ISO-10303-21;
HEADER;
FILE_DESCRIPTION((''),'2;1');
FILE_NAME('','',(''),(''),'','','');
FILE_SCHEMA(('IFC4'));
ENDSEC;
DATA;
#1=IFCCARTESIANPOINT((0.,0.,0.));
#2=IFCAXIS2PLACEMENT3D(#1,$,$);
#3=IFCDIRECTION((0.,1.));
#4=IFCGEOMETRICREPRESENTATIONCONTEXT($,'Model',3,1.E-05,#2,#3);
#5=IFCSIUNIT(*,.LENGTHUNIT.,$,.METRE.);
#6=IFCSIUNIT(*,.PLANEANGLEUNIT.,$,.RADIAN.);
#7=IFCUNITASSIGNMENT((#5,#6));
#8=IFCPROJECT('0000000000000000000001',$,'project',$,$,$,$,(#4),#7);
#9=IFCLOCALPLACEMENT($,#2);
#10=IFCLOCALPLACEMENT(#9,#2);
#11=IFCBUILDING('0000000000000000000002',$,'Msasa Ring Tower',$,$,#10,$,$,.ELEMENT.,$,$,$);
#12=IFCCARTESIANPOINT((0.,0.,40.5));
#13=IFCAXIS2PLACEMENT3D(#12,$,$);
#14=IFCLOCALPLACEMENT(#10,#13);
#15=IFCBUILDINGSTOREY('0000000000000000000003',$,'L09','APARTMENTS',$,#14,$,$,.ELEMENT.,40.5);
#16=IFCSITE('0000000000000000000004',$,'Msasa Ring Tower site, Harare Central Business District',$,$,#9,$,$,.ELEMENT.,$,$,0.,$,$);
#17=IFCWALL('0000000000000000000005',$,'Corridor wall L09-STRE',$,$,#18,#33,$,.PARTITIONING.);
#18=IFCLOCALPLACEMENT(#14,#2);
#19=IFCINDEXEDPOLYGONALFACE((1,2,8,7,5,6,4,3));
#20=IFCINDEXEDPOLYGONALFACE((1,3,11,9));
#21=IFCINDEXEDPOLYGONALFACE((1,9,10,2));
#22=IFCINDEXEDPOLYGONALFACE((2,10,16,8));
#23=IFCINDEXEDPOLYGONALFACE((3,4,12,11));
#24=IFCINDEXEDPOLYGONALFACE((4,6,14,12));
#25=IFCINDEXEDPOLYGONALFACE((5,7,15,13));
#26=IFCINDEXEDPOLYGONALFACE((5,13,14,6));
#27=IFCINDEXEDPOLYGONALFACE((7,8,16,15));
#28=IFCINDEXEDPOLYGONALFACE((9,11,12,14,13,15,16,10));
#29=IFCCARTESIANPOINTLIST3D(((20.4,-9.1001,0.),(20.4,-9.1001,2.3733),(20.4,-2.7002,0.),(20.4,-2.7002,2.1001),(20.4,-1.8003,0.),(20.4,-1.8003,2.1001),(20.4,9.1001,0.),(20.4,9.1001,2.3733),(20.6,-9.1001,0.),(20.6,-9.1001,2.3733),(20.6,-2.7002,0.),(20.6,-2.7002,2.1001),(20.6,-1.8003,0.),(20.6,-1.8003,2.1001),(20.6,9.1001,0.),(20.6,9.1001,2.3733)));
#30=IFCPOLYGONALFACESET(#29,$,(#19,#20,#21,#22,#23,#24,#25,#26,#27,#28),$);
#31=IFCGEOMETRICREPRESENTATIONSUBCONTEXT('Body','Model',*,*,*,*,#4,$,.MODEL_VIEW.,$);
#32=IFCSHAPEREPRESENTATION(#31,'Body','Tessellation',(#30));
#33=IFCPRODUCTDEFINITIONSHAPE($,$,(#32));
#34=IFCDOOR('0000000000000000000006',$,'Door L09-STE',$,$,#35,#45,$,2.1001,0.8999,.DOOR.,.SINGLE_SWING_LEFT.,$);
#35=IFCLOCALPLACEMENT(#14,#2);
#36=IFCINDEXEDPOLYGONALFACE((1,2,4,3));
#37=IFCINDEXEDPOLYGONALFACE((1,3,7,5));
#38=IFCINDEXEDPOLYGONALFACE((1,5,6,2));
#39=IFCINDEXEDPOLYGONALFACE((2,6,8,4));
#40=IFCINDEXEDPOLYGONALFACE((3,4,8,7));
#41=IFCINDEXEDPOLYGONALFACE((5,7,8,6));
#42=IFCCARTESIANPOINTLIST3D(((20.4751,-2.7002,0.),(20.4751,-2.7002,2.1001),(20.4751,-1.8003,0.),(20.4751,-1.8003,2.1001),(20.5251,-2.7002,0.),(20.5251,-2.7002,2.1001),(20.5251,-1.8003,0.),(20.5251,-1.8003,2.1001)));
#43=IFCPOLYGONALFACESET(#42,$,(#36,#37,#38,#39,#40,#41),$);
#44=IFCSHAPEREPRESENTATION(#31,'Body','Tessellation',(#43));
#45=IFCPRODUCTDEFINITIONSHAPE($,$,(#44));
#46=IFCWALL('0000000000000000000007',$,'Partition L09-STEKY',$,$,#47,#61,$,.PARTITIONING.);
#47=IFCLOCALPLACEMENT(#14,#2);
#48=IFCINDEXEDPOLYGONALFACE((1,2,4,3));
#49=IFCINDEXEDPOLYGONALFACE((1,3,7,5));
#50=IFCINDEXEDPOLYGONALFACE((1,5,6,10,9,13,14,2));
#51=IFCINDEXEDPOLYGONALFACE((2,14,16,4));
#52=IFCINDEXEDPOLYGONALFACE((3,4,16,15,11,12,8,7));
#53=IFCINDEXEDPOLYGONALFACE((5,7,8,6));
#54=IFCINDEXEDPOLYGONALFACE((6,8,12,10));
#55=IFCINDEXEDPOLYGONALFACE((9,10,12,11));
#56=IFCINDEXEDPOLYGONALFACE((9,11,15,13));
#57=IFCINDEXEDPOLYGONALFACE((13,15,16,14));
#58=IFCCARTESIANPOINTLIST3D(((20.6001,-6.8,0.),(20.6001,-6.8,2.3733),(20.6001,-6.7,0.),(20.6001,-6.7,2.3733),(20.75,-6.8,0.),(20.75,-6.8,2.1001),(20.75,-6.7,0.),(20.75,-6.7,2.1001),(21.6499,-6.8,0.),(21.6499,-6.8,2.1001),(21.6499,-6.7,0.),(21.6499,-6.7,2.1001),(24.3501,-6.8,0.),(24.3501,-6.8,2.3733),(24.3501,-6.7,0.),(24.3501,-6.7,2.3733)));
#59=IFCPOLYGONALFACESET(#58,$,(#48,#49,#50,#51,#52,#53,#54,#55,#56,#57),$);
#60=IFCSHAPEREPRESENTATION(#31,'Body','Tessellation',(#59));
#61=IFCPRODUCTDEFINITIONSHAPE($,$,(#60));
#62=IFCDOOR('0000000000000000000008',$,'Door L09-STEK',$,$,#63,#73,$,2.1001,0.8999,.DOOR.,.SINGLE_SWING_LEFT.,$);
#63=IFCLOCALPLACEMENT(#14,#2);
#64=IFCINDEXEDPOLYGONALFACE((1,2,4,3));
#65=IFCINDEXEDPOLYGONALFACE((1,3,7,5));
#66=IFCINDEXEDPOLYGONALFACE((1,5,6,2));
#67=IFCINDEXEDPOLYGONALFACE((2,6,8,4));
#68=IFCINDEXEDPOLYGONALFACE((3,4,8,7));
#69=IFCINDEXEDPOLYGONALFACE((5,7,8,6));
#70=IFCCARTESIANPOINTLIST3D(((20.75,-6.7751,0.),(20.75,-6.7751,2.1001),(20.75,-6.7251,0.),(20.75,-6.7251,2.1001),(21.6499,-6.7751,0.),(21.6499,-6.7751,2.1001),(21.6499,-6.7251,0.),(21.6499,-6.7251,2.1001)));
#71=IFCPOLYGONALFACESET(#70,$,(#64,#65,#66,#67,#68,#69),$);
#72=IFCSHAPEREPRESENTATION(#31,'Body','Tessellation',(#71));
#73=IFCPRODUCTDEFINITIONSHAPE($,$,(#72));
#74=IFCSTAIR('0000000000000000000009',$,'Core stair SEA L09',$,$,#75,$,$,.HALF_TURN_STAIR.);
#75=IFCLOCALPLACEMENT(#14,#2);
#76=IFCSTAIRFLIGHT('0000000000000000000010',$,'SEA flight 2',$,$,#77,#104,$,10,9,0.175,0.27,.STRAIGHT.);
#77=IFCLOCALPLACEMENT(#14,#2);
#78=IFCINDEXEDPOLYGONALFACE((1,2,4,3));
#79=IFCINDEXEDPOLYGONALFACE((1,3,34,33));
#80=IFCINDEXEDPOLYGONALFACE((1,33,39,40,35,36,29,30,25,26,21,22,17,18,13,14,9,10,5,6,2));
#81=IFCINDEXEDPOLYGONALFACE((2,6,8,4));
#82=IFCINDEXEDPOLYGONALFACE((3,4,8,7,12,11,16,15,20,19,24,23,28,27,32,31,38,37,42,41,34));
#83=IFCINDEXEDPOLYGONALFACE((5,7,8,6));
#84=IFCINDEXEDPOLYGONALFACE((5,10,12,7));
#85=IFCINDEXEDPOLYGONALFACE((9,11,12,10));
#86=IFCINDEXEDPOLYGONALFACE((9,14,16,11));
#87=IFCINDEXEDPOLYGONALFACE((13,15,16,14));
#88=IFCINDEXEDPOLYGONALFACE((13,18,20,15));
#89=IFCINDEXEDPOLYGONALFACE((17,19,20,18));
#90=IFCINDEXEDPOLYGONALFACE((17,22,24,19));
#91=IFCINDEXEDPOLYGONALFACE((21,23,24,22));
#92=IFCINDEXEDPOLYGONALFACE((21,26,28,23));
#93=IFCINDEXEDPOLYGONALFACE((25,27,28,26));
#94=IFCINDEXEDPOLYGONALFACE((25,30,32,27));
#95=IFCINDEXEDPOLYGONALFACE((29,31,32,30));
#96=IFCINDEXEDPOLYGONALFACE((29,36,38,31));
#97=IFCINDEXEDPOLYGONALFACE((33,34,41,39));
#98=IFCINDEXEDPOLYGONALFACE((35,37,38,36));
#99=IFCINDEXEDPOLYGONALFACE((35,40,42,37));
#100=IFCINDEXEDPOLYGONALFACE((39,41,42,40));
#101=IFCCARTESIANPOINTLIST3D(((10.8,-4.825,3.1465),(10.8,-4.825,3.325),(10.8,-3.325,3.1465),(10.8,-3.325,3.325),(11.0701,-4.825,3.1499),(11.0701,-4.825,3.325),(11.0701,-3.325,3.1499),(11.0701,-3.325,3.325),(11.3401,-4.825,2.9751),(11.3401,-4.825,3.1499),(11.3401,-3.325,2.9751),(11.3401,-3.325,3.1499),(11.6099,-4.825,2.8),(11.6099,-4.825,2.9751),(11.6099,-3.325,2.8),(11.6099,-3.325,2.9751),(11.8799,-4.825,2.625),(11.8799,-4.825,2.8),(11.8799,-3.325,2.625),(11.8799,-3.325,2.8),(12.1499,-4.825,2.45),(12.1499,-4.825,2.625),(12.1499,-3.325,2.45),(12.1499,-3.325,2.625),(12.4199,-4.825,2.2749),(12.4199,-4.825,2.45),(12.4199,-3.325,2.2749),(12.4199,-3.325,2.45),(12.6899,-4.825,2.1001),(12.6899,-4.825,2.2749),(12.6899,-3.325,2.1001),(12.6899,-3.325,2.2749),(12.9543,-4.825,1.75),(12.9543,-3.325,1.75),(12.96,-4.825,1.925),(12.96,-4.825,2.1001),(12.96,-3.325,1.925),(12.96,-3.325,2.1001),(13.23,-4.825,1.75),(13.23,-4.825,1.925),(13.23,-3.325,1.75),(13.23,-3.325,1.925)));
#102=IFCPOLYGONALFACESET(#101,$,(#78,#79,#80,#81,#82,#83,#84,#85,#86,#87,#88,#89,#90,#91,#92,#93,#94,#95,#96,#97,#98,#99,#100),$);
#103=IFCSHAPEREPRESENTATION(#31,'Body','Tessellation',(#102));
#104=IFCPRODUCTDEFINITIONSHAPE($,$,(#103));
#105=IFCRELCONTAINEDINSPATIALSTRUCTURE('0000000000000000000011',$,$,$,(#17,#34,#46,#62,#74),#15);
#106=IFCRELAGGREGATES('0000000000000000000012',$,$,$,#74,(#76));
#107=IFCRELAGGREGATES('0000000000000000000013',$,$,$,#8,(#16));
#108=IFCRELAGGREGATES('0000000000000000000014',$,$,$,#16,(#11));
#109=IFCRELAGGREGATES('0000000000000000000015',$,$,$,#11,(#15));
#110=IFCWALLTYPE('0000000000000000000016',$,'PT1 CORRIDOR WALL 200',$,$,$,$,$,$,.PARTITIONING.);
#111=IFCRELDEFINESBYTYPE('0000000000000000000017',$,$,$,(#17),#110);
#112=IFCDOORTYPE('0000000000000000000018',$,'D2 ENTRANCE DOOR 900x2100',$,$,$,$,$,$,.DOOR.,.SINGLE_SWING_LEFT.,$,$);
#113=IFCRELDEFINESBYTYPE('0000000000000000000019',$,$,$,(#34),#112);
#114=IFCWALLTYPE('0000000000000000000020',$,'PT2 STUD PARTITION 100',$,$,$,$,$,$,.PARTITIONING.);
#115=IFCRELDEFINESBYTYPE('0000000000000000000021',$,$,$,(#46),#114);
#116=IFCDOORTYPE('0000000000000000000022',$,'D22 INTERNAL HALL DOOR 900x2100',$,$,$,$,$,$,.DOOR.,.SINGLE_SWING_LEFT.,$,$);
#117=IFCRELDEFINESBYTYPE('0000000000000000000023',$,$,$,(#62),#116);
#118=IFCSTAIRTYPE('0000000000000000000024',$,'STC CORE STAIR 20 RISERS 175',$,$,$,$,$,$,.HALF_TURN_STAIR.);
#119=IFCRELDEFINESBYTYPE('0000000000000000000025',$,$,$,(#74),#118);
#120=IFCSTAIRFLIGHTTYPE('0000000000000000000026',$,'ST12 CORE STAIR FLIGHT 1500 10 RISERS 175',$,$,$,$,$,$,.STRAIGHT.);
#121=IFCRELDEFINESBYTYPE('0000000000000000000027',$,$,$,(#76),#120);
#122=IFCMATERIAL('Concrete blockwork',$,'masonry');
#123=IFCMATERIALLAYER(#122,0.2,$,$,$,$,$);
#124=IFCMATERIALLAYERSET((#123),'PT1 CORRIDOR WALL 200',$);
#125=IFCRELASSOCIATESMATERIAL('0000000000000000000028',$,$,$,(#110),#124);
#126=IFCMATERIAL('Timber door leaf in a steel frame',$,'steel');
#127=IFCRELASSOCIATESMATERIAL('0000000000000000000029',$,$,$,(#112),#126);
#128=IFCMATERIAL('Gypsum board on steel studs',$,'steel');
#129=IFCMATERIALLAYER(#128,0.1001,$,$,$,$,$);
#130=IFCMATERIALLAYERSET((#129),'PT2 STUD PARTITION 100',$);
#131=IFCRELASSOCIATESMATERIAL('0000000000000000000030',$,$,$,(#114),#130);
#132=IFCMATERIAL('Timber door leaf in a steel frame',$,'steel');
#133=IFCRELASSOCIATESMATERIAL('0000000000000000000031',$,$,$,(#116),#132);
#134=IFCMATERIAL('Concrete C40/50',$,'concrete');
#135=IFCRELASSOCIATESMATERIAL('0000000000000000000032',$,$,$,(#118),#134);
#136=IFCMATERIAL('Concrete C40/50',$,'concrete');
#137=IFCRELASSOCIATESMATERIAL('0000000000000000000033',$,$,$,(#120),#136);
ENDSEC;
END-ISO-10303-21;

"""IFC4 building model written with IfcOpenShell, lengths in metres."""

from ifc_helpers import new_model, si_unit, direction, frame, frame_2d, origin, place, context, subcontext, project, spatial, polyline, rectangle, outline, extrude, material, layer, layer_set, type_object, element, fill, aggregate, save


model = new_model("IFC4")

# Units and contexts
model_context = context("Model", 3, precision=1e-05, world=origin(), true_north=direction((0.0, 1.0)))
body_context = subcontext(model_context, "Body", "Model", "MODEL_VIEW")
ifc_project = project(units=[si_unit("LENGTHUNIT", "METRE"), si_unit("PLANEANGLEUNIT", "RADIAN")], contexts=[model_context])

# Site, building, storey
site_placement = place(None, origin())
site = spatial("IfcSite", under=ifc_project, at=site_placement, Name="Msasa Ring Tower site, Harare Central Business District", CompositionType="ELEMENT", RefElevation=0.0)
building_placement = place(site_placement, origin())
building = spatial("IfcBuilding", under=site, at=building_placement, Name="Msasa Ring Tower", CompositionType="ELEMENT")
storey_placement = place(building_placement, frame((0.0, 0.0, 40.5)))
storey = spatial("IfcBuildingStorey", under=building, at=storey_placement, Name="L09", Description="APARTMENTS", CompositionType="ELEMENT", Elevation=40.5)

# Walls, openings, doors
ifc_material_1 = material(Name="Concrete blockwork", Category="masonry")
ifc_layer_1 = layer(ifc_material_1, 0.2)
ifc_layer_set_1 = layer_set([ifc_layer_1], Name="PT1 CORRIDOR WALL 200")
wall_type_1 = type_object("IfcWallType", Name="PT1 CORRIDOR WALL 200", PredefinedType="PARTITIONING", material=ifc_layer_set_1)
wall_1_placement = place(storey_placement, frame((20.5, -9.1001, 0.0), z_axis=(0.0, 0.0, 1.0), x_axis=(0.0, 1.0, 0.0)))
wall_1 = element("IfcWall", 1, at=wall_1_placement, inside=storey, type_object=wall_type_1, Name="Corridor wall L09-STRE", PredefinedType="PARTITIONING", context=body_context, shape_type="SweptSolid", body=[
    extrude(rectangle(XDim=18.2002, YDim=0.2, at=frame_2d((9.1001, 0.0))), origin(), (0.0, 0.0, 1.0), 2.3733),
])
opening_1_placement = place(wall_1_placement, frame((6.3999, 0.0, 0.0)))
opening_1 = element("IfcOpeningElement", 2, at=opening_1_placement, cuts=wall_1, PredefinedType="OPENING", context=body_context, shape_type="SweptSolid", body=[
    extrude(rectangle(XDim=0.8999, YDim=2.1001, at=frame_2d((0.45, 1.05))), frame((0.0, 0.1099, 0.0), z_axis=(0.0, -1.0, 0.0), x_axis=(1.0, 0.0, 0.0)), (0.0, 0.0, 1.0), 0.22),
])
ifc_material_2 = material(Name="Timber door leaf in a steel frame", Category="steel")
door_type_1 = type_object("IfcDoorType", Name="D2 ENTRANCE DOOR 900x2100", OperationType="SINGLE_SWING_LEFT", PredefinedType="DOOR", material=ifc_material_2)
door_1_placement = place(opening_1_placement, origin())
door_1 = element("IfcDoor", 3, at=door_1_placement, inside=storey, type_object=door_type_1, Name="Door L09-STE", OperationType="SINGLE_SWING_LEFT", OverallHeight=2.1001, OverallWidth=0.8999, PredefinedType="DOOR", context=body_context, shape_type="SweptSolid", body=[
    extrude(rectangle(XDim=0.8999, YDim=2.1001, at=frame_2d((0.45, 1.05))), frame((0.0, 0.0249, 0.0), z_axis=(0.0, -1.0, 0.0), x_axis=(1.0, 0.0, 0.0)), (0.0, 0.0, 1.0), 0.05),
])
fill(opening_1, door_1)
ifc_material_3 = material(Name="Gypsum board on steel studs", Category="steel")
ifc_layer_2 = layer(ifc_material_3, 0.1001)
ifc_layer_set_2 = layer_set([ifc_layer_2], Name="PT2 STUD PARTITION 100")
wall_type_2 = type_object("IfcWallType", Name="PT2 STUD PARTITION 100", PredefinedType="PARTITIONING", material=ifc_layer_set_2)
wall_2_placement = place(storey_placement, frame((20.6001, -6.75, 0.0), z_axis=(0.0, 0.0, 1.0), x_axis=(1.0, 0.0, 0.0)))
wall_2 = element("IfcWall", 4, at=wall_2_placement, inside=storey, type_object=wall_type_2, Name="Partition L09-STEKY", PredefinedType="PARTITIONING", context=body_context, shape_type="SweptSolid", body=[
    extrude(rectangle(XDim=3.75, YDim=0.1001, at=frame_2d((1.875, 0.0))), origin(), (0.0, 0.0, 1.0), 2.3733),
])
opening_2_placement = place(wall_2_placement, frame((0.1499, 0.0, 0.0)))
opening_2 = element("IfcOpeningElement", 5, at=opening_2_placement, cuts=wall_2, PredefinedType="OPENING", context=body_context, shape_type="SweptSolid", body=[
    extrude(rectangle(XDim=0.8999, YDim=2.1001, at=frame_2d((0.45, 1.05))), frame((0.0, 0.0601, 0.0), z_axis=(0.0, -1.0, 0.0), x_axis=(1.0, 0.0, 0.0)), (0.0, 0.0, 1.0), 0.1201),
])
ifc_material_4 = material(Name="Timber door leaf in a steel frame", Category="steel")
door_type_2 = type_object("IfcDoorType", Name="D22 INTERNAL HALL DOOR 900x2100", OperationType="SINGLE_SWING_LEFT", PredefinedType="DOOR", material=ifc_material_4)
door_2_placement = place(opening_2_placement, origin())
door_2 = element("IfcDoor", 6, at=door_2_placement, inside=storey, type_object=door_type_2, Name="Door L09-STEK", OperationType="SINGLE_SWING_LEFT", OverallHeight=2.1001, OverallWidth=0.8999, PredefinedType="DOOR", context=body_context, shape_type="SweptSolid", body=[
    extrude(rectangle(XDim=0.8999, YDim=2.1001, at=frame_2d((0.45, 1.05))), frame((0.0, 0.0249, 0.0), z_axis=(0.0, -1.0, 0.0), x_axis=(1.0, 0.0, 0.0)), (0.0, 0.0, 1.0), 0.05),
])
fill(opening_2, door_2)

# Stair, stair flight
ifc_material_5 = material(Name="Concrete C40/50", Category="concrete")
stair_type = type_object("IfcStairType", Name="STC CORE STAIR 20 RISERS 175", PredefinedType="HALF_TURN_STAIR", material=ifc_material_5)
stair_placement = place(storey_placement, origin())
stair = element("IfcStair", 7, at=stair_placement, inside=storey, type_object=stair_type, Name="Core stair SEA L09", PredefinedType="HALF_TURN_STAIR")
ifc_material_6 = material(Name="Concrete C40/50", Category="concrete")
stair_flight_type = type_object("IfcStairFlightType", Name="ST12 CORE STAIR FLIGHT 1500 10 RISERS 175", PredefinedType="STRAIGHT", material=ifc_material_6)
stair_flight_placement = place(storey_placement, frame((13.23, -4.075, 1.75), z_axis=(0.0, 0.0, 1.0), x_axis=(-1.0, 0.0, 0.0)))
stair_flight = element("IfcStairFlight", 8, at=stair_flight_placement, type_object=stair_flight_type, Name="SEA flight 2", NumberOfRisers=10, NumberOfTreads=9, PredefinedType="STRAIGHT", RiserHeight=0.175, TreadLength=0.27, context=body_context, shape_type="SweptSolid", body=[
    extrude(outline(polyline([(0.0, 0.0), (0.0, 0.175), (0.27, 0.175), (0.27, 0.3501), (0.54, 0.3501), (0.54, 0.5249), (0.8101, 0.5249), (0.8101, 0.7), (1.0801, 0.7), (1.0801, 0.875), (1.3501, 0.875), (1.3501, 1.05), (1.6201, 1.05), (1.6201, 1.2251), (1.8899, 1.2251), (1.8899, 1.3999), (2.1599, 1.3999), (2.1599, 1.575), (2.4299, 1.575), (2.4299, 1.75), (2.4299, 1.3965), (0.2756, 0.0), (0.0, 0.0)])), frame((0.0, 0.75, 0.0), z_axis=(0.0, -1.0, 0.0), x_axis=(1.0, 0.0, 0.0)), (0.0, 0.0, 1.0), 1.5),
])
aggregate(stair, [stair_flight])

save(model, "model.ifc")
